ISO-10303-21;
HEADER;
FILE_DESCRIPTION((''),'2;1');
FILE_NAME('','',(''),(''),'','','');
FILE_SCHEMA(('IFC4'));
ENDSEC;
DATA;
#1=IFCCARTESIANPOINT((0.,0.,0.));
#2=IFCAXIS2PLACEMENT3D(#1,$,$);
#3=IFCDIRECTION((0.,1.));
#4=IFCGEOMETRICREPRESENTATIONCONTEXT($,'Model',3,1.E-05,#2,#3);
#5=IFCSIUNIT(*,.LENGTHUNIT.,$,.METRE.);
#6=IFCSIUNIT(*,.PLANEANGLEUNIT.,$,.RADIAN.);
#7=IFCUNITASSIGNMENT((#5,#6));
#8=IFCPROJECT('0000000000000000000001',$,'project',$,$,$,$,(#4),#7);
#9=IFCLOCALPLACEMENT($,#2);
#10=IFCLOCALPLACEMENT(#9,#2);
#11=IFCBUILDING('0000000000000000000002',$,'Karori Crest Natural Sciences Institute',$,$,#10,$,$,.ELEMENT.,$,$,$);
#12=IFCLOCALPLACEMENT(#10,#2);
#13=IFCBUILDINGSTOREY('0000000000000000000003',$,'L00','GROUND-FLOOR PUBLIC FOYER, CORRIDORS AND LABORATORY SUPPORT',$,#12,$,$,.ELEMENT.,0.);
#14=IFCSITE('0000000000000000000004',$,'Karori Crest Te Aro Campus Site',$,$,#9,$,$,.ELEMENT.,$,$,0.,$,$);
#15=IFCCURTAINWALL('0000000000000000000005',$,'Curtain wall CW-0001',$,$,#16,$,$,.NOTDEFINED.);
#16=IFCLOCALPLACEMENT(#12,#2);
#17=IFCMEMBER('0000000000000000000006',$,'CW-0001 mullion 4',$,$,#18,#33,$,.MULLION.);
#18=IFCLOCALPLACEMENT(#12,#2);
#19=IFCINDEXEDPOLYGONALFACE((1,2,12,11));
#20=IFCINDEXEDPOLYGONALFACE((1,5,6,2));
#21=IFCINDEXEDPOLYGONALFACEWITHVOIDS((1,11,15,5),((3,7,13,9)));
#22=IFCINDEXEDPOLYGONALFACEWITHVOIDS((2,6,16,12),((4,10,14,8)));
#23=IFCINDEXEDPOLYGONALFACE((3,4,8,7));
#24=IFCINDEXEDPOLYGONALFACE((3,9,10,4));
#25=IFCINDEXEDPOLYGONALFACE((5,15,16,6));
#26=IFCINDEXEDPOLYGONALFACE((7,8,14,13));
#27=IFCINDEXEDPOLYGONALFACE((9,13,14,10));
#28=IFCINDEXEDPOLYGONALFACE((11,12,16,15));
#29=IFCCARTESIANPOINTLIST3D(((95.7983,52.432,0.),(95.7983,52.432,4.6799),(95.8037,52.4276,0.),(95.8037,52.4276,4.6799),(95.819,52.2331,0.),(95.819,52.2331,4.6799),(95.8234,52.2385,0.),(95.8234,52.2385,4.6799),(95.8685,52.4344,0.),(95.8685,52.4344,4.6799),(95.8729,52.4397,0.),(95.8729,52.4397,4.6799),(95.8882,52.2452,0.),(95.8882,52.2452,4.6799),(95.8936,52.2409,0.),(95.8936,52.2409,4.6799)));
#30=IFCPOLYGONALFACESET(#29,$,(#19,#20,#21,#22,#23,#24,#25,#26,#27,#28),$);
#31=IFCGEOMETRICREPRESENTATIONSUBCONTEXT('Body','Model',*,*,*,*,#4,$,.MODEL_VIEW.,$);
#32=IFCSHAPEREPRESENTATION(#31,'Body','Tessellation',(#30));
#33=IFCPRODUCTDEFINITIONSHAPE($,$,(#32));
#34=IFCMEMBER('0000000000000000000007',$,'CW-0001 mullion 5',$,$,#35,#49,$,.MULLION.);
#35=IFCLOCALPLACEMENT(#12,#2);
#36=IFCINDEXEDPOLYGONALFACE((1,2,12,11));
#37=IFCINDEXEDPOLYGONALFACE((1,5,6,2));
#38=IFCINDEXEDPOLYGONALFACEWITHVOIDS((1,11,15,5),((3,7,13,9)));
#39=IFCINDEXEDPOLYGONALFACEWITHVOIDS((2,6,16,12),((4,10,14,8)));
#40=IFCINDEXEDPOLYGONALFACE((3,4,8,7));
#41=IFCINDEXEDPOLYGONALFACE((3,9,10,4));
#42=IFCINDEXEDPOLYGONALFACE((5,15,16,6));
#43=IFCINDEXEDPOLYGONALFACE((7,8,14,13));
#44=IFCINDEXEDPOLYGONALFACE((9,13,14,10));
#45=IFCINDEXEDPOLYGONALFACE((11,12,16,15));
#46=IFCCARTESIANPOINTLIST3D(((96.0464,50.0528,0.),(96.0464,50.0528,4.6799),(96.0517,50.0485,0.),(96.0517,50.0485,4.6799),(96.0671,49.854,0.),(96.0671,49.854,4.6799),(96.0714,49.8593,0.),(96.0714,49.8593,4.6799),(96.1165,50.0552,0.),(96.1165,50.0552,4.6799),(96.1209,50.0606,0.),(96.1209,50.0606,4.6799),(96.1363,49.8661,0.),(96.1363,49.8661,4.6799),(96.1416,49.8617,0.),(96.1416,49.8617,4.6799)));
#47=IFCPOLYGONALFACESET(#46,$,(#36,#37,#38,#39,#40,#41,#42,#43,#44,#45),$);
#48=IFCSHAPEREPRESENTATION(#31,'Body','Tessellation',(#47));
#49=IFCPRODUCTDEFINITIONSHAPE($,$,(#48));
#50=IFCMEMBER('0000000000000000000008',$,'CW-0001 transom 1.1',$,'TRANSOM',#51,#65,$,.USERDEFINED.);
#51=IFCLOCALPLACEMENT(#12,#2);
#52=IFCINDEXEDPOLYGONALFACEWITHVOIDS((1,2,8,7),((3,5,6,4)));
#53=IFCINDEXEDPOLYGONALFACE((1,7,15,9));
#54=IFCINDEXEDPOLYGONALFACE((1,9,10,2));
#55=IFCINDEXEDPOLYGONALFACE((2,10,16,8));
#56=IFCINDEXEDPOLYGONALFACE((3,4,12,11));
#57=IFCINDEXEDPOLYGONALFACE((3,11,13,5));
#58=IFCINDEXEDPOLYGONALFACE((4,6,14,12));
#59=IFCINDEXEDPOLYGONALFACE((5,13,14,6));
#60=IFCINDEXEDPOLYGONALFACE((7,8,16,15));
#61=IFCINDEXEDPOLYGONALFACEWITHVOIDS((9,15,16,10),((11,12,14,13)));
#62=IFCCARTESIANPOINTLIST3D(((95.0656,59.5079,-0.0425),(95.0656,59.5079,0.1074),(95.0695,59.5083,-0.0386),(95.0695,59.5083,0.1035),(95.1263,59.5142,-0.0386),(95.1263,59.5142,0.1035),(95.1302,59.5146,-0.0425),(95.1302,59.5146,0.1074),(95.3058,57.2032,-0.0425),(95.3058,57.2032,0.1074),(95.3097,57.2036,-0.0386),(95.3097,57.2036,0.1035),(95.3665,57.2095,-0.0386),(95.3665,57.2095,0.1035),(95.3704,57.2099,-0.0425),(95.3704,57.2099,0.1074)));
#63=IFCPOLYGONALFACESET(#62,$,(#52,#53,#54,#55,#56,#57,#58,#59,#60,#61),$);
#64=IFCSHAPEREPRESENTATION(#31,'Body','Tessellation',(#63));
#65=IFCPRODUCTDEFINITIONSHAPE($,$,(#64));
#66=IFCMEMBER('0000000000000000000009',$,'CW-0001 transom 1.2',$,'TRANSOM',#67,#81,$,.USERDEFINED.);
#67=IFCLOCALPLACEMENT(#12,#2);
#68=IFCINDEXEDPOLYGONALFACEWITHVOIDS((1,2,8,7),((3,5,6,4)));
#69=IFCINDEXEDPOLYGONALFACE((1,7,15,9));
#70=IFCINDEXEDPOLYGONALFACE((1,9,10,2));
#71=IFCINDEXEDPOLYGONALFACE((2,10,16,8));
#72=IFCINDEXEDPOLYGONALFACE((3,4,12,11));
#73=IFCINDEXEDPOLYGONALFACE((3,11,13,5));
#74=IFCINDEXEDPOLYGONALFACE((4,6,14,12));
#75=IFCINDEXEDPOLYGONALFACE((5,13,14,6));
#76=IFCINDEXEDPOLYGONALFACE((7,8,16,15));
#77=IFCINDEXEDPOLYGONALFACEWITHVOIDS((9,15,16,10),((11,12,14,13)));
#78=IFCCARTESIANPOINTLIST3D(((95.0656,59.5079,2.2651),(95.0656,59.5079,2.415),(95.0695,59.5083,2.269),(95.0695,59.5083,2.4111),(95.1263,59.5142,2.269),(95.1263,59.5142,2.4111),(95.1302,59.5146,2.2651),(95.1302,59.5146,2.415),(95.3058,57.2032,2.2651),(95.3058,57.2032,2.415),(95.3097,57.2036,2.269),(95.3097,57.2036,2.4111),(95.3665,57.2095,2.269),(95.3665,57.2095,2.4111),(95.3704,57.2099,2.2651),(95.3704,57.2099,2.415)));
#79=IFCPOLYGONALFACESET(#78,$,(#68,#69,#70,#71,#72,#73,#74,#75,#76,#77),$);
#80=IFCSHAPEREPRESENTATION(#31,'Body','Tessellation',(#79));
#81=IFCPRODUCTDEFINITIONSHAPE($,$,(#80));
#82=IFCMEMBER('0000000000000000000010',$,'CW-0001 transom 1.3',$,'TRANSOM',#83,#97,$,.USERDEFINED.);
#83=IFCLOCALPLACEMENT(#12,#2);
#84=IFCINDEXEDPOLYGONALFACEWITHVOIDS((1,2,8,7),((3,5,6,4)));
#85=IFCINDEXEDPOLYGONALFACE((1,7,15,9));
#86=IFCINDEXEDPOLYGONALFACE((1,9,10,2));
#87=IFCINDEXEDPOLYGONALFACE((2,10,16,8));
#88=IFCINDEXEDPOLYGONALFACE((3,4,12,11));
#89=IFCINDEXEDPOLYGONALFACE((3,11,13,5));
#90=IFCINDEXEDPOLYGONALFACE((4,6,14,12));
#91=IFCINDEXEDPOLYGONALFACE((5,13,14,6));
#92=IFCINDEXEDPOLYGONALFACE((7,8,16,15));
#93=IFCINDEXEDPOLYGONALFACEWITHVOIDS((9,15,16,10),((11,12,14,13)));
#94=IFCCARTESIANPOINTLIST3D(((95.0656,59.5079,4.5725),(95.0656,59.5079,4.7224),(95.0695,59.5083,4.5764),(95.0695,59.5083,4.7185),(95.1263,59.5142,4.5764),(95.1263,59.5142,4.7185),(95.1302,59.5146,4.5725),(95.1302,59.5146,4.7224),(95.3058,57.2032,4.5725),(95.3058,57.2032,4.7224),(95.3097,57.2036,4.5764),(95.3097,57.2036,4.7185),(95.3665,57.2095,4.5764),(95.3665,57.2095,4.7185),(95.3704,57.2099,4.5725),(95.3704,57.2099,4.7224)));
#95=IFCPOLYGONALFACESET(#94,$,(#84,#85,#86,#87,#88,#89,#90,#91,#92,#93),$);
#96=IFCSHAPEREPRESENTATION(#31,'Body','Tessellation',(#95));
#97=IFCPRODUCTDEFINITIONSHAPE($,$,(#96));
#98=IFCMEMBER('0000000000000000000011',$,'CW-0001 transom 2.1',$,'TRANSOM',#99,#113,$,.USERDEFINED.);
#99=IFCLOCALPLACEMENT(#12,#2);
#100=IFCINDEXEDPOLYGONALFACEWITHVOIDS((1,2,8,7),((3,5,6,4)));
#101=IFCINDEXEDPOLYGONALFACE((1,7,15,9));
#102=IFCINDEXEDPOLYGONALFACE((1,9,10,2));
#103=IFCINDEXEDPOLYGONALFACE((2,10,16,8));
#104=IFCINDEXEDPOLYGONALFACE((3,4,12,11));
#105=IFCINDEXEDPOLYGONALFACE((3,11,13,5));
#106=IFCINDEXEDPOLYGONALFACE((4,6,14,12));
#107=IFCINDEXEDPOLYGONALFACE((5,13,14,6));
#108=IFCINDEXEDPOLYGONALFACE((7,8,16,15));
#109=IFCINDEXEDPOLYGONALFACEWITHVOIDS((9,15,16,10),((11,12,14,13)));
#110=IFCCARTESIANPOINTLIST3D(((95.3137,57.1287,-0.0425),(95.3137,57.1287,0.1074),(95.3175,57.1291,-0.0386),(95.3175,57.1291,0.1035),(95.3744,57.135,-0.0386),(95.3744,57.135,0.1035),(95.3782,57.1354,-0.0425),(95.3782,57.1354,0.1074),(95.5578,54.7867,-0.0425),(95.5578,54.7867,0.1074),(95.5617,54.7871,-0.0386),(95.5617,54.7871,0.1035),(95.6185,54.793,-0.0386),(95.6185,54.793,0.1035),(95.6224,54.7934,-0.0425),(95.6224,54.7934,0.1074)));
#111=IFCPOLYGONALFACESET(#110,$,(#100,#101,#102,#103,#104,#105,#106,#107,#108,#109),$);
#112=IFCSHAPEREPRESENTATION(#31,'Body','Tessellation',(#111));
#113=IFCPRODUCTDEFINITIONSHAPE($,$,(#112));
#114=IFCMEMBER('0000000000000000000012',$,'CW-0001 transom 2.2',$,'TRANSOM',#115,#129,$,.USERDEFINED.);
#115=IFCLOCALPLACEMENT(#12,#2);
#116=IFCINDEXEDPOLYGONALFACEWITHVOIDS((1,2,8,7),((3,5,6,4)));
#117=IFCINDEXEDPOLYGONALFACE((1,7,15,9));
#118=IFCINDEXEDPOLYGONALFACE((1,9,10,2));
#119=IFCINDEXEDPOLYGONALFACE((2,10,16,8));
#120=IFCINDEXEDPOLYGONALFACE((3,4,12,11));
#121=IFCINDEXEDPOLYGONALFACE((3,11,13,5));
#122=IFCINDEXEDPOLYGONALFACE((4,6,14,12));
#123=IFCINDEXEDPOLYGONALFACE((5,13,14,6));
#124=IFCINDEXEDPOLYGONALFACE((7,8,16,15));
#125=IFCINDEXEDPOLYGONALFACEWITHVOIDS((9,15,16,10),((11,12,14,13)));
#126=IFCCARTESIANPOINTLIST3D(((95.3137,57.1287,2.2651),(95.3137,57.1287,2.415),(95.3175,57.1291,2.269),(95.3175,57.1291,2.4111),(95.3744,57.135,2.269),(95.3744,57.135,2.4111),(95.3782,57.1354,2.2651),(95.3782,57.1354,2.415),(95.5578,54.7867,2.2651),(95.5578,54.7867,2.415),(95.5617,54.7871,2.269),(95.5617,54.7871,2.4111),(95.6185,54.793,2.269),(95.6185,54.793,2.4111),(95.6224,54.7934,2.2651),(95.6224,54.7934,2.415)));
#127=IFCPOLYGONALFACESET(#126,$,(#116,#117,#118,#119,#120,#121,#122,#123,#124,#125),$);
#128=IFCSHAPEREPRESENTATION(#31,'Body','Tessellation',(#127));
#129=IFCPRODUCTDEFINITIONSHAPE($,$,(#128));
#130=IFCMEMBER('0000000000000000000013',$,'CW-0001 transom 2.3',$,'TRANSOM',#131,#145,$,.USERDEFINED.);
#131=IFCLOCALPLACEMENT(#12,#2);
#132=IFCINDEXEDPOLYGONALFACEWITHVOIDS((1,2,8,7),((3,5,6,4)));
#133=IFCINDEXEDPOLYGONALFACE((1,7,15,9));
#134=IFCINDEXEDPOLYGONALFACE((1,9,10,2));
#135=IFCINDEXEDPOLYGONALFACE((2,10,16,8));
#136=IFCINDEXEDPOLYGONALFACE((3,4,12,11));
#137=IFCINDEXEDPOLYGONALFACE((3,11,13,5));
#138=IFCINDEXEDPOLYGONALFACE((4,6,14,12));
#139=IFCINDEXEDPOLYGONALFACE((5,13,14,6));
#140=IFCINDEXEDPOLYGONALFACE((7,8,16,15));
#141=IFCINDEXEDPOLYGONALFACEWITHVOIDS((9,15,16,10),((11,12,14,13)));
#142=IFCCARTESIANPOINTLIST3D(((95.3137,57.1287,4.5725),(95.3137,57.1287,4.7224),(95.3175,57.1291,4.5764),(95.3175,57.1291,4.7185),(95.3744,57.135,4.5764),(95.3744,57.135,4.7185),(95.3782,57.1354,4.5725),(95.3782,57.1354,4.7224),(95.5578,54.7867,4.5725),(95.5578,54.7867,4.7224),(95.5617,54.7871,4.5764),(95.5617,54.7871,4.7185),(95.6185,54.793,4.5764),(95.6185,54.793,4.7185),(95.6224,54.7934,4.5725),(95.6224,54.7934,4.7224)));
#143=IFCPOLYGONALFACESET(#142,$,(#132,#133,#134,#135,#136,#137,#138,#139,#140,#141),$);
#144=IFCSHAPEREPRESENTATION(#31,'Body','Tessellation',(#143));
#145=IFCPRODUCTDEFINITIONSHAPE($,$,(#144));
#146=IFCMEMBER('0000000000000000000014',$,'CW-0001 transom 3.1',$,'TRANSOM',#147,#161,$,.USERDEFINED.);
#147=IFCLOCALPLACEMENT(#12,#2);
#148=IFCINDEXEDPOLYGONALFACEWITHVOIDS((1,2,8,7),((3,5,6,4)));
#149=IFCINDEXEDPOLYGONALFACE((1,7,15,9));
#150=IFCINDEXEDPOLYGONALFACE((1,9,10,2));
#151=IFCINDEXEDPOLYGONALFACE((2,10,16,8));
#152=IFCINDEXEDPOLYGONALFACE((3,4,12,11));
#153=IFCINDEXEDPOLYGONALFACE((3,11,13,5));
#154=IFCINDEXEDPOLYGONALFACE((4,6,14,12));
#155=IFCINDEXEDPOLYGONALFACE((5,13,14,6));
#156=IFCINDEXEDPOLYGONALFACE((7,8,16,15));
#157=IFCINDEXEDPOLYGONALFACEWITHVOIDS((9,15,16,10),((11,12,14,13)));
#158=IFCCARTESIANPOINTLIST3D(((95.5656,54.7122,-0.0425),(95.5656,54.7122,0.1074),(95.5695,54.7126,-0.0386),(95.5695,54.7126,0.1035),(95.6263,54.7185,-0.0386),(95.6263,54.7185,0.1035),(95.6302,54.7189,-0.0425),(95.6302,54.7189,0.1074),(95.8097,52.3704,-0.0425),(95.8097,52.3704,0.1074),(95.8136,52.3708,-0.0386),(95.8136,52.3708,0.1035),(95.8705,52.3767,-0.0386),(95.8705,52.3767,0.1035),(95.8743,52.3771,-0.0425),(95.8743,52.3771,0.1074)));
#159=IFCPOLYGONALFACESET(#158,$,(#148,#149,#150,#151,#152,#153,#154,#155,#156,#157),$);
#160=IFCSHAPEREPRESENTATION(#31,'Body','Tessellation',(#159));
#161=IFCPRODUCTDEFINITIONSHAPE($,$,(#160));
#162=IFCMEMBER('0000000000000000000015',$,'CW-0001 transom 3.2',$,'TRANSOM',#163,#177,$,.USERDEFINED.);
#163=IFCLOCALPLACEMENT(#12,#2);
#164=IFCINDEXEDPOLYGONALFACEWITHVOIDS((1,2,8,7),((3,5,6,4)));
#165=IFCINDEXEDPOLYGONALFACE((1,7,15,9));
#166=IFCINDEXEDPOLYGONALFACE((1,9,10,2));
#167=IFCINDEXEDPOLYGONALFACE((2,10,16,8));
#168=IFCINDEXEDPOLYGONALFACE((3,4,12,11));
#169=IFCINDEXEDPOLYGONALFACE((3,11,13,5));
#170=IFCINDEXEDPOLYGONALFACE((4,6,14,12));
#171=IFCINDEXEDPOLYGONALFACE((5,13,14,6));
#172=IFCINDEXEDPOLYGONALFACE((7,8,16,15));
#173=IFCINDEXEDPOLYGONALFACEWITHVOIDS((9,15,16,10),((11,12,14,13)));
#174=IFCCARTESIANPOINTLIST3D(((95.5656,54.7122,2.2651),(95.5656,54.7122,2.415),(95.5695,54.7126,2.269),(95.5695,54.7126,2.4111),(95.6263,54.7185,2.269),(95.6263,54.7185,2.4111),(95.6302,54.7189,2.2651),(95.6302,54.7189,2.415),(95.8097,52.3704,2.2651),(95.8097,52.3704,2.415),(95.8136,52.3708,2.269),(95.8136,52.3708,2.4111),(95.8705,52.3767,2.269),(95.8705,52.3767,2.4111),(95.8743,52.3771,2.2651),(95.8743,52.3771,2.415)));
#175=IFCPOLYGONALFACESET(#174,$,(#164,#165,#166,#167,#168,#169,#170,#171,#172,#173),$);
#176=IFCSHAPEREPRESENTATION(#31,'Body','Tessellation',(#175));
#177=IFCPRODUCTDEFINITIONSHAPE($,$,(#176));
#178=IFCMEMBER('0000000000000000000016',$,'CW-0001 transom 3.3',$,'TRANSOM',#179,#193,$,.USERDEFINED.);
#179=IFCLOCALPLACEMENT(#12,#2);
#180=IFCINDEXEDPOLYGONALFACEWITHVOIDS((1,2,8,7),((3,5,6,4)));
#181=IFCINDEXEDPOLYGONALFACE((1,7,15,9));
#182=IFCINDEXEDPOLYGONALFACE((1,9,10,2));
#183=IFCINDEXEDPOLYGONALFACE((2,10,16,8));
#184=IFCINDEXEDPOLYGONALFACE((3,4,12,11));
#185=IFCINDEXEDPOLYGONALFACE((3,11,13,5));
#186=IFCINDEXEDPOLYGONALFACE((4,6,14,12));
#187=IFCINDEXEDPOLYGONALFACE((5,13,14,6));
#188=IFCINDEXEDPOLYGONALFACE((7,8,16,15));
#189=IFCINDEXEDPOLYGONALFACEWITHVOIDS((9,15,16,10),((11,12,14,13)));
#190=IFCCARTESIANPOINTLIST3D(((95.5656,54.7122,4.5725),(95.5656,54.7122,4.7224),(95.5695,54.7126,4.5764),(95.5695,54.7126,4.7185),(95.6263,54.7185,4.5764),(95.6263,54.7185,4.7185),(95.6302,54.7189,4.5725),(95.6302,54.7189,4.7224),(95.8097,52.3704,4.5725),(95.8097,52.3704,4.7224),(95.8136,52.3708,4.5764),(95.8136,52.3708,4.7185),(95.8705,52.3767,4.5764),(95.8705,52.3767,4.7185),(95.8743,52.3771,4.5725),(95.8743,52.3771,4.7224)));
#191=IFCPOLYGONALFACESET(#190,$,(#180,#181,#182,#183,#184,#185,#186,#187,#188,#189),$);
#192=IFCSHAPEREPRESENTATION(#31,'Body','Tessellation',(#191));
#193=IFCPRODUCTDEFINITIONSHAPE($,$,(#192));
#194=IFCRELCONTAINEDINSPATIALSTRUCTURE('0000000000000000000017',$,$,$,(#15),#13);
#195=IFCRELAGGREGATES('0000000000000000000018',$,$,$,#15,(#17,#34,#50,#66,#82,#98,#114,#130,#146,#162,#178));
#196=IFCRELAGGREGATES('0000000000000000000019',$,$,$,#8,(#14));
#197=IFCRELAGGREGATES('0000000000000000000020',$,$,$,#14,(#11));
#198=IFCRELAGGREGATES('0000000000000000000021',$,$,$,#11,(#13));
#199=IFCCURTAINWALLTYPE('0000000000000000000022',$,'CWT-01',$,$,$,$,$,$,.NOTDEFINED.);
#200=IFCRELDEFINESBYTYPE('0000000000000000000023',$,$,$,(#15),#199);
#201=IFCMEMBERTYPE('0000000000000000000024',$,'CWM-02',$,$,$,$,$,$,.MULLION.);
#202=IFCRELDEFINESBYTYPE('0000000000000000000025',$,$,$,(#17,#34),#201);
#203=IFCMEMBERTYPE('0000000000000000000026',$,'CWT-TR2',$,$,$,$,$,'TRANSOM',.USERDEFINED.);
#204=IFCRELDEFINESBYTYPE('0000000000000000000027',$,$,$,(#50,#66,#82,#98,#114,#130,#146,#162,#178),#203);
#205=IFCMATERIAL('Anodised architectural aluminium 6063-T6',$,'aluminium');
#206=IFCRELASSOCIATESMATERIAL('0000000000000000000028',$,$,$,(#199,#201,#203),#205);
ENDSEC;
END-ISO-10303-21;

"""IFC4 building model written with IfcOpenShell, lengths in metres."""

from ifc_helpers import new_model, si_unit, direction, frame, origin, origin_2d, place, context, subcontext, project, spatial, hollow_rectangle, extrude, material, material_profile, profile_set, type_object, element, aggregate, save


model = new_model("IFC4")

# Units and contexts
model_context = context("Model", 3, precision=1e-05, world=origin(), true_north=direction((0.0, 1.0)))
body_context = subcontext(model_context, "Body", "Model", "MODEL_VIEW")
ifc_project = project(units=[si_unit("LENGTHUNIT", "METRE"), si_unit("PLANEANGLEUNIT", "RADIAN")], contexts=[model_context])

# Site, building, storey
site_placement = place(None, origin())
site = spatial("IfcSite", under=ifc_project, at=site_placement, Name="Karori Crest Te Aro Campus Site", CompositionType="ELEMENT", RefElevation=0.0)
building_placement = place(site_placement, origin())
building = spatial("IfcBuilding", under=site, at=building_placement, Name="Karori Crest Natural Sciences Institute", CompositionType="ELEMENT")
storey_placement = place(building_placement, origin())
storey = spatial("IfcBuildingStorey", under=building, at=storey_placement, Name="L00", Description="GROUND-FLOOR PUBLIC FOYER, CORRIDORS AND LABORATORY SUPPORT", CompositionType="ELEMENT", Elevation=0.0)

# Curtain wall, members
ifc_material_1 = material(Name="Anodised architectural aluminium 6063-T6", Category="aluminium")
curtain_wall_type = type_object("IfcCurtainWallType", Name="CWT-01", PredefinedType="NOTDEFINED", material=ifc_material_1)
curtain_wall_placement = place(storey_placement, origin())
curtain_wall = element("IfcCurtainWall", 1, at=curtain_wall_placement, inside=storey, type_object=curtain_wall_type, Name="Curtain wall CW-0001", PredefinedType="NOTDEFINED")
ifc_material_profile_1 = material_profile(ifc_material_1, hollow_rectangle(XDim=0.075, YDim=0.2, WallThickness=0.0049, at=origin_2d()), Name="CWM200x75x5")
ifc_profile_set_1 = profile_set([ifc_material_profile_1], Name="Anodised architectural aluminium 6063-T6")
member_type_1 = type_object("IfcMemberType", Name="CWM-02", PredefinedType="MULLION", material=ifc_profile_set_1)
member_1_placement = place(storey_placement, frame((95.8459, 52.3364, 0.0), z_axis=(0.0, 0.0, 1.0), x_axis=(0.994608, 0.103701, 0.0)))
member_1 = element("IfcMember", 2, at=member_1_placement, type_object=member_type_1, Name="CW-0001 mullion 4", PredefinedType="MULLION", context=body_context, shape_type="SweptSolid", body=[
    extrude(hollow_rectangle(XDim=0.075, YDim=0.2, WallThickness=0.0049, at=origin_2d()), origin(), (0.0, 0.0, 1.0), 4.6799),
])
member_2_placement = place(storey_placement, frame((96.094, 49.9573, 0.0), z_axis=(0.0, 0.0, 1.0), x_axis=(0.994608, 0.103701, 0.0)))
member_2 = element("IfcMember", 3, at=member_2_placement, type_object=member_type_1, Name="CW-0001 mullion 5", PredefinedType="MULLION", context=body_context, shape_type="SweptSolid", body=[
    extrude(hollow_rectangle(XDim=0.075, YDim=0.2, WallThickness=0.0049, at=origin_2d()), origin(), (0.0, 0.0, 1.0), 4.6799),
])
ifc_material_profile_2 = material_profile(ifc_material_1, hollow_rectangle(XDim=0.0649, YDim=0.1499, WallThickness=0.0039, at=origin_2d()), Name="CWT150x65x4")
ifc_profile_set_2 = profile_set([ifc_material_profile_2], Name="Anodised architectural aluminium 6063-T6")
member_type_2 = type_object("IfcMemberType", Name="CWT-TR2", ElementType="TRANSOM", PredefinedType="USERDEFINED", material=ifc_profile_set_2)
member_3_placement = place(storey_placement, frame((95.0979, 59.5112, 0.0325), z_axis=(0.103676, -0.994611, 0.0), x_axis=(0.994611, 0.103676, 0.0)))
member_3 = element("IfcMember", 4, at=member_3_placement, type_object=member_type_2, Name="CW-0001 transom 1.1", ObjectType="TRANSOM", PredefinedType="USERDEFINED", context=body_context, shape_type="SweptSolid", body=[
    extrude(hollow_rectangle(XDim=0.0649, YDim=0.1499, WallThickness=0.0039, at=origin_2d()), origin(), (0.0, 0.0, 1.0), 2.3171),
])
member_4_placement = place(storey_placement, frame((95.0979, 59.5112, 2.3401), z_axis=(0.103676, -0.994611, 0.0), x_axis=(0.994611, 0.103676, 0.0)))
member_4 = element("IfcMember", 5, at=member_4_placement, type_object=member_type_2, Name="CW-0001 transom 1.2", ObjectType="TRANSOM", PredefinedType="USERDEFINED", context=body_context, shape_type="SweptSolid", body=[
    extrude(hollow_rectangle(XDim=0.0649, YDim=0.1499, WallThickness=0.0039, at=origin_2d()), origin(), (0.0, 0.0, 1.0), 2.3171),
])
member_5_placement = place(storey_placement, frame((95.0979, 59.5112, 4.6475), z_axis=(0.103676, -0.994611, 0.0), x_axis=(0.994611, 0.103676, 0.0)))
member_5 = element("IfcMember", 6, at=member_5_placement, type_object=member_type_2, Name="CW-0001 transom 1.3", ObjectType="TRANSOM", PredefinedType="USERDEFINED", context=body_context, shape_type="SweptSolid", body=[
    extrude(hollow_rectangle(XDim=0.0649, YDim=0.1499, WallThickness=0.0039, at=origin_2d()), origin(), (0.0, 0.0, 1.0), 2.3171),
])
member_6_placement = place(storey_placement, frame((95.3459, 57.1321, 0.0325), z_axis=(0.103681, -0.994611, 0.0), x_axis=(0.994611, 0.103681, 0.0)))
member_6 = element("IfcMember", 7, at=member_6_placement, type_object=member_type_2, Name="CW-0001 transom 2.1", ObjectType="TRANSOM", PredefinedType="USERDEFINED", context=body_context, shape_type="SweptSolid", body=[
    extrude(hollow_rectangle(XDim=0.0649, YDim=0.1499, WallThickness=0.0039, at=origin_2d()), origin(), (0.0, 0.0, 1.0), 2.3547),
])
member_7_placement = place(storey_placement, frame((95.3459, 57.1321, 2.3401), z_axis=(0.103681, -0.994611, 0.0), x_axis=(0.994611, 0.103681, 0.0)))
member_7 = element("IfcMember", 8, at=member_7_placement, type_object=member_type_2, Name="CW-0001 transom 2.2", ObjectType="TRANSOM", PredefinedType="USERDEFINED", context=body_context, shape_type="SweptSolid", body=[
    extrude(hollow_rectangle(XDim=0.0649, YDim=0.1499, WallThickness=0.0039, at=origin_2d()), origin(), (0.0, 0.0, 1.0), 2.3547),
])
member_8_placement = place(storey_placement, frame((95.3459, 57.1321, 4.6475), z_axis=(0.103681, -0.994611, 0.0), x_axis=(0.994611, 0.103681, 0.0)))
member_8 = element("IfcMember", 9, at=member_8_placement, type_object=member_type_2, Name="CW-0001 transom 2.3", ObjectType="TRANSOM", PredefinedType="USERDEFINED", context=body_context, shape_type="SweptSolid", body=[
    extrude(hollow_rectangle(XDim=0.0649, YDim=0.1499, WallThickness=0.0039, at=origin_2d()), origin(), (0.0, 0.0, 1.0), 2.3547),
])
member_9_placement = place(storey_placement, frame((95.5979, 54.7156, 0.0325), z_axis=(0.103692, -0.99461, 0.0), x_axis=(0.99461, 0.103692, 0.0)))
member_9 = element("IfcMember", 10, at=member_9_placement, type_object=member_type_2, Name="CW-0001 transom 3.1", ObjectType="TRANSOM", PredefinedType="USERDEFINED", context=body_context, shape_type="SweptSolid", body=[
    extrude(hollow_rectangle(XDim=0.0649, YDim=0.1499, WallThickness=0.0039, at=origin_2d()), origin(), (0.0, 0.0, 1.0), 2.3545),
])
member_10_placement = place(storey_placement, frame((95.5979, 54.7156, 2.3401), z_axis=(0.103692, -0.99461, 0.0), x_axis=(0.99461, 0.103692, 0.0)))
member_10 = element("IfcMember", 11, at=member_10_placement, type_object=member_type_2, Name="CW-0001 transom 3.2", ObjectType="TRANSOM", PredefinedType="USERDEFINED", context=body_context, shape_type="SweptSolid", body=[
    extrude(hollow_rectangle(XDim=0.0649, YDim=0.1499, WallThickness=0.0039, at=origin_2d()), origin(), (0.0, 0.0, 1.0), 2.3545),
])
member_11_placement = place(storey_placement, frame((95.5979, 54.7156, 4.6475), z_axis=(0.103692, -0.99461, 0.0), x_axis=(0.99461, 0.103692, 0.0)))
member_11 = element("IfcMember", 12, at=member_11_placement, type_object=member_type_2, Name="CW-0001 transom 3.3", ObjectType="TRANSOM", PredefinedType="USERDEFINED", context=body_context, shape_type="SweptSolid", body=[
    extrude(hollow_rectangle(XDim=0.0649, YDim=0.1499, WallThickness=0.0039, at=origin_2d()), origin(), (0.0, 0.0, 1.0), 2.3545),
])
aggregate(curtain_wall, [member_1, member_2, member_3, member_4, member_5, member_6, member_7, member_8, member_9, member_10, member_11])

save(model, "model.ifc")
